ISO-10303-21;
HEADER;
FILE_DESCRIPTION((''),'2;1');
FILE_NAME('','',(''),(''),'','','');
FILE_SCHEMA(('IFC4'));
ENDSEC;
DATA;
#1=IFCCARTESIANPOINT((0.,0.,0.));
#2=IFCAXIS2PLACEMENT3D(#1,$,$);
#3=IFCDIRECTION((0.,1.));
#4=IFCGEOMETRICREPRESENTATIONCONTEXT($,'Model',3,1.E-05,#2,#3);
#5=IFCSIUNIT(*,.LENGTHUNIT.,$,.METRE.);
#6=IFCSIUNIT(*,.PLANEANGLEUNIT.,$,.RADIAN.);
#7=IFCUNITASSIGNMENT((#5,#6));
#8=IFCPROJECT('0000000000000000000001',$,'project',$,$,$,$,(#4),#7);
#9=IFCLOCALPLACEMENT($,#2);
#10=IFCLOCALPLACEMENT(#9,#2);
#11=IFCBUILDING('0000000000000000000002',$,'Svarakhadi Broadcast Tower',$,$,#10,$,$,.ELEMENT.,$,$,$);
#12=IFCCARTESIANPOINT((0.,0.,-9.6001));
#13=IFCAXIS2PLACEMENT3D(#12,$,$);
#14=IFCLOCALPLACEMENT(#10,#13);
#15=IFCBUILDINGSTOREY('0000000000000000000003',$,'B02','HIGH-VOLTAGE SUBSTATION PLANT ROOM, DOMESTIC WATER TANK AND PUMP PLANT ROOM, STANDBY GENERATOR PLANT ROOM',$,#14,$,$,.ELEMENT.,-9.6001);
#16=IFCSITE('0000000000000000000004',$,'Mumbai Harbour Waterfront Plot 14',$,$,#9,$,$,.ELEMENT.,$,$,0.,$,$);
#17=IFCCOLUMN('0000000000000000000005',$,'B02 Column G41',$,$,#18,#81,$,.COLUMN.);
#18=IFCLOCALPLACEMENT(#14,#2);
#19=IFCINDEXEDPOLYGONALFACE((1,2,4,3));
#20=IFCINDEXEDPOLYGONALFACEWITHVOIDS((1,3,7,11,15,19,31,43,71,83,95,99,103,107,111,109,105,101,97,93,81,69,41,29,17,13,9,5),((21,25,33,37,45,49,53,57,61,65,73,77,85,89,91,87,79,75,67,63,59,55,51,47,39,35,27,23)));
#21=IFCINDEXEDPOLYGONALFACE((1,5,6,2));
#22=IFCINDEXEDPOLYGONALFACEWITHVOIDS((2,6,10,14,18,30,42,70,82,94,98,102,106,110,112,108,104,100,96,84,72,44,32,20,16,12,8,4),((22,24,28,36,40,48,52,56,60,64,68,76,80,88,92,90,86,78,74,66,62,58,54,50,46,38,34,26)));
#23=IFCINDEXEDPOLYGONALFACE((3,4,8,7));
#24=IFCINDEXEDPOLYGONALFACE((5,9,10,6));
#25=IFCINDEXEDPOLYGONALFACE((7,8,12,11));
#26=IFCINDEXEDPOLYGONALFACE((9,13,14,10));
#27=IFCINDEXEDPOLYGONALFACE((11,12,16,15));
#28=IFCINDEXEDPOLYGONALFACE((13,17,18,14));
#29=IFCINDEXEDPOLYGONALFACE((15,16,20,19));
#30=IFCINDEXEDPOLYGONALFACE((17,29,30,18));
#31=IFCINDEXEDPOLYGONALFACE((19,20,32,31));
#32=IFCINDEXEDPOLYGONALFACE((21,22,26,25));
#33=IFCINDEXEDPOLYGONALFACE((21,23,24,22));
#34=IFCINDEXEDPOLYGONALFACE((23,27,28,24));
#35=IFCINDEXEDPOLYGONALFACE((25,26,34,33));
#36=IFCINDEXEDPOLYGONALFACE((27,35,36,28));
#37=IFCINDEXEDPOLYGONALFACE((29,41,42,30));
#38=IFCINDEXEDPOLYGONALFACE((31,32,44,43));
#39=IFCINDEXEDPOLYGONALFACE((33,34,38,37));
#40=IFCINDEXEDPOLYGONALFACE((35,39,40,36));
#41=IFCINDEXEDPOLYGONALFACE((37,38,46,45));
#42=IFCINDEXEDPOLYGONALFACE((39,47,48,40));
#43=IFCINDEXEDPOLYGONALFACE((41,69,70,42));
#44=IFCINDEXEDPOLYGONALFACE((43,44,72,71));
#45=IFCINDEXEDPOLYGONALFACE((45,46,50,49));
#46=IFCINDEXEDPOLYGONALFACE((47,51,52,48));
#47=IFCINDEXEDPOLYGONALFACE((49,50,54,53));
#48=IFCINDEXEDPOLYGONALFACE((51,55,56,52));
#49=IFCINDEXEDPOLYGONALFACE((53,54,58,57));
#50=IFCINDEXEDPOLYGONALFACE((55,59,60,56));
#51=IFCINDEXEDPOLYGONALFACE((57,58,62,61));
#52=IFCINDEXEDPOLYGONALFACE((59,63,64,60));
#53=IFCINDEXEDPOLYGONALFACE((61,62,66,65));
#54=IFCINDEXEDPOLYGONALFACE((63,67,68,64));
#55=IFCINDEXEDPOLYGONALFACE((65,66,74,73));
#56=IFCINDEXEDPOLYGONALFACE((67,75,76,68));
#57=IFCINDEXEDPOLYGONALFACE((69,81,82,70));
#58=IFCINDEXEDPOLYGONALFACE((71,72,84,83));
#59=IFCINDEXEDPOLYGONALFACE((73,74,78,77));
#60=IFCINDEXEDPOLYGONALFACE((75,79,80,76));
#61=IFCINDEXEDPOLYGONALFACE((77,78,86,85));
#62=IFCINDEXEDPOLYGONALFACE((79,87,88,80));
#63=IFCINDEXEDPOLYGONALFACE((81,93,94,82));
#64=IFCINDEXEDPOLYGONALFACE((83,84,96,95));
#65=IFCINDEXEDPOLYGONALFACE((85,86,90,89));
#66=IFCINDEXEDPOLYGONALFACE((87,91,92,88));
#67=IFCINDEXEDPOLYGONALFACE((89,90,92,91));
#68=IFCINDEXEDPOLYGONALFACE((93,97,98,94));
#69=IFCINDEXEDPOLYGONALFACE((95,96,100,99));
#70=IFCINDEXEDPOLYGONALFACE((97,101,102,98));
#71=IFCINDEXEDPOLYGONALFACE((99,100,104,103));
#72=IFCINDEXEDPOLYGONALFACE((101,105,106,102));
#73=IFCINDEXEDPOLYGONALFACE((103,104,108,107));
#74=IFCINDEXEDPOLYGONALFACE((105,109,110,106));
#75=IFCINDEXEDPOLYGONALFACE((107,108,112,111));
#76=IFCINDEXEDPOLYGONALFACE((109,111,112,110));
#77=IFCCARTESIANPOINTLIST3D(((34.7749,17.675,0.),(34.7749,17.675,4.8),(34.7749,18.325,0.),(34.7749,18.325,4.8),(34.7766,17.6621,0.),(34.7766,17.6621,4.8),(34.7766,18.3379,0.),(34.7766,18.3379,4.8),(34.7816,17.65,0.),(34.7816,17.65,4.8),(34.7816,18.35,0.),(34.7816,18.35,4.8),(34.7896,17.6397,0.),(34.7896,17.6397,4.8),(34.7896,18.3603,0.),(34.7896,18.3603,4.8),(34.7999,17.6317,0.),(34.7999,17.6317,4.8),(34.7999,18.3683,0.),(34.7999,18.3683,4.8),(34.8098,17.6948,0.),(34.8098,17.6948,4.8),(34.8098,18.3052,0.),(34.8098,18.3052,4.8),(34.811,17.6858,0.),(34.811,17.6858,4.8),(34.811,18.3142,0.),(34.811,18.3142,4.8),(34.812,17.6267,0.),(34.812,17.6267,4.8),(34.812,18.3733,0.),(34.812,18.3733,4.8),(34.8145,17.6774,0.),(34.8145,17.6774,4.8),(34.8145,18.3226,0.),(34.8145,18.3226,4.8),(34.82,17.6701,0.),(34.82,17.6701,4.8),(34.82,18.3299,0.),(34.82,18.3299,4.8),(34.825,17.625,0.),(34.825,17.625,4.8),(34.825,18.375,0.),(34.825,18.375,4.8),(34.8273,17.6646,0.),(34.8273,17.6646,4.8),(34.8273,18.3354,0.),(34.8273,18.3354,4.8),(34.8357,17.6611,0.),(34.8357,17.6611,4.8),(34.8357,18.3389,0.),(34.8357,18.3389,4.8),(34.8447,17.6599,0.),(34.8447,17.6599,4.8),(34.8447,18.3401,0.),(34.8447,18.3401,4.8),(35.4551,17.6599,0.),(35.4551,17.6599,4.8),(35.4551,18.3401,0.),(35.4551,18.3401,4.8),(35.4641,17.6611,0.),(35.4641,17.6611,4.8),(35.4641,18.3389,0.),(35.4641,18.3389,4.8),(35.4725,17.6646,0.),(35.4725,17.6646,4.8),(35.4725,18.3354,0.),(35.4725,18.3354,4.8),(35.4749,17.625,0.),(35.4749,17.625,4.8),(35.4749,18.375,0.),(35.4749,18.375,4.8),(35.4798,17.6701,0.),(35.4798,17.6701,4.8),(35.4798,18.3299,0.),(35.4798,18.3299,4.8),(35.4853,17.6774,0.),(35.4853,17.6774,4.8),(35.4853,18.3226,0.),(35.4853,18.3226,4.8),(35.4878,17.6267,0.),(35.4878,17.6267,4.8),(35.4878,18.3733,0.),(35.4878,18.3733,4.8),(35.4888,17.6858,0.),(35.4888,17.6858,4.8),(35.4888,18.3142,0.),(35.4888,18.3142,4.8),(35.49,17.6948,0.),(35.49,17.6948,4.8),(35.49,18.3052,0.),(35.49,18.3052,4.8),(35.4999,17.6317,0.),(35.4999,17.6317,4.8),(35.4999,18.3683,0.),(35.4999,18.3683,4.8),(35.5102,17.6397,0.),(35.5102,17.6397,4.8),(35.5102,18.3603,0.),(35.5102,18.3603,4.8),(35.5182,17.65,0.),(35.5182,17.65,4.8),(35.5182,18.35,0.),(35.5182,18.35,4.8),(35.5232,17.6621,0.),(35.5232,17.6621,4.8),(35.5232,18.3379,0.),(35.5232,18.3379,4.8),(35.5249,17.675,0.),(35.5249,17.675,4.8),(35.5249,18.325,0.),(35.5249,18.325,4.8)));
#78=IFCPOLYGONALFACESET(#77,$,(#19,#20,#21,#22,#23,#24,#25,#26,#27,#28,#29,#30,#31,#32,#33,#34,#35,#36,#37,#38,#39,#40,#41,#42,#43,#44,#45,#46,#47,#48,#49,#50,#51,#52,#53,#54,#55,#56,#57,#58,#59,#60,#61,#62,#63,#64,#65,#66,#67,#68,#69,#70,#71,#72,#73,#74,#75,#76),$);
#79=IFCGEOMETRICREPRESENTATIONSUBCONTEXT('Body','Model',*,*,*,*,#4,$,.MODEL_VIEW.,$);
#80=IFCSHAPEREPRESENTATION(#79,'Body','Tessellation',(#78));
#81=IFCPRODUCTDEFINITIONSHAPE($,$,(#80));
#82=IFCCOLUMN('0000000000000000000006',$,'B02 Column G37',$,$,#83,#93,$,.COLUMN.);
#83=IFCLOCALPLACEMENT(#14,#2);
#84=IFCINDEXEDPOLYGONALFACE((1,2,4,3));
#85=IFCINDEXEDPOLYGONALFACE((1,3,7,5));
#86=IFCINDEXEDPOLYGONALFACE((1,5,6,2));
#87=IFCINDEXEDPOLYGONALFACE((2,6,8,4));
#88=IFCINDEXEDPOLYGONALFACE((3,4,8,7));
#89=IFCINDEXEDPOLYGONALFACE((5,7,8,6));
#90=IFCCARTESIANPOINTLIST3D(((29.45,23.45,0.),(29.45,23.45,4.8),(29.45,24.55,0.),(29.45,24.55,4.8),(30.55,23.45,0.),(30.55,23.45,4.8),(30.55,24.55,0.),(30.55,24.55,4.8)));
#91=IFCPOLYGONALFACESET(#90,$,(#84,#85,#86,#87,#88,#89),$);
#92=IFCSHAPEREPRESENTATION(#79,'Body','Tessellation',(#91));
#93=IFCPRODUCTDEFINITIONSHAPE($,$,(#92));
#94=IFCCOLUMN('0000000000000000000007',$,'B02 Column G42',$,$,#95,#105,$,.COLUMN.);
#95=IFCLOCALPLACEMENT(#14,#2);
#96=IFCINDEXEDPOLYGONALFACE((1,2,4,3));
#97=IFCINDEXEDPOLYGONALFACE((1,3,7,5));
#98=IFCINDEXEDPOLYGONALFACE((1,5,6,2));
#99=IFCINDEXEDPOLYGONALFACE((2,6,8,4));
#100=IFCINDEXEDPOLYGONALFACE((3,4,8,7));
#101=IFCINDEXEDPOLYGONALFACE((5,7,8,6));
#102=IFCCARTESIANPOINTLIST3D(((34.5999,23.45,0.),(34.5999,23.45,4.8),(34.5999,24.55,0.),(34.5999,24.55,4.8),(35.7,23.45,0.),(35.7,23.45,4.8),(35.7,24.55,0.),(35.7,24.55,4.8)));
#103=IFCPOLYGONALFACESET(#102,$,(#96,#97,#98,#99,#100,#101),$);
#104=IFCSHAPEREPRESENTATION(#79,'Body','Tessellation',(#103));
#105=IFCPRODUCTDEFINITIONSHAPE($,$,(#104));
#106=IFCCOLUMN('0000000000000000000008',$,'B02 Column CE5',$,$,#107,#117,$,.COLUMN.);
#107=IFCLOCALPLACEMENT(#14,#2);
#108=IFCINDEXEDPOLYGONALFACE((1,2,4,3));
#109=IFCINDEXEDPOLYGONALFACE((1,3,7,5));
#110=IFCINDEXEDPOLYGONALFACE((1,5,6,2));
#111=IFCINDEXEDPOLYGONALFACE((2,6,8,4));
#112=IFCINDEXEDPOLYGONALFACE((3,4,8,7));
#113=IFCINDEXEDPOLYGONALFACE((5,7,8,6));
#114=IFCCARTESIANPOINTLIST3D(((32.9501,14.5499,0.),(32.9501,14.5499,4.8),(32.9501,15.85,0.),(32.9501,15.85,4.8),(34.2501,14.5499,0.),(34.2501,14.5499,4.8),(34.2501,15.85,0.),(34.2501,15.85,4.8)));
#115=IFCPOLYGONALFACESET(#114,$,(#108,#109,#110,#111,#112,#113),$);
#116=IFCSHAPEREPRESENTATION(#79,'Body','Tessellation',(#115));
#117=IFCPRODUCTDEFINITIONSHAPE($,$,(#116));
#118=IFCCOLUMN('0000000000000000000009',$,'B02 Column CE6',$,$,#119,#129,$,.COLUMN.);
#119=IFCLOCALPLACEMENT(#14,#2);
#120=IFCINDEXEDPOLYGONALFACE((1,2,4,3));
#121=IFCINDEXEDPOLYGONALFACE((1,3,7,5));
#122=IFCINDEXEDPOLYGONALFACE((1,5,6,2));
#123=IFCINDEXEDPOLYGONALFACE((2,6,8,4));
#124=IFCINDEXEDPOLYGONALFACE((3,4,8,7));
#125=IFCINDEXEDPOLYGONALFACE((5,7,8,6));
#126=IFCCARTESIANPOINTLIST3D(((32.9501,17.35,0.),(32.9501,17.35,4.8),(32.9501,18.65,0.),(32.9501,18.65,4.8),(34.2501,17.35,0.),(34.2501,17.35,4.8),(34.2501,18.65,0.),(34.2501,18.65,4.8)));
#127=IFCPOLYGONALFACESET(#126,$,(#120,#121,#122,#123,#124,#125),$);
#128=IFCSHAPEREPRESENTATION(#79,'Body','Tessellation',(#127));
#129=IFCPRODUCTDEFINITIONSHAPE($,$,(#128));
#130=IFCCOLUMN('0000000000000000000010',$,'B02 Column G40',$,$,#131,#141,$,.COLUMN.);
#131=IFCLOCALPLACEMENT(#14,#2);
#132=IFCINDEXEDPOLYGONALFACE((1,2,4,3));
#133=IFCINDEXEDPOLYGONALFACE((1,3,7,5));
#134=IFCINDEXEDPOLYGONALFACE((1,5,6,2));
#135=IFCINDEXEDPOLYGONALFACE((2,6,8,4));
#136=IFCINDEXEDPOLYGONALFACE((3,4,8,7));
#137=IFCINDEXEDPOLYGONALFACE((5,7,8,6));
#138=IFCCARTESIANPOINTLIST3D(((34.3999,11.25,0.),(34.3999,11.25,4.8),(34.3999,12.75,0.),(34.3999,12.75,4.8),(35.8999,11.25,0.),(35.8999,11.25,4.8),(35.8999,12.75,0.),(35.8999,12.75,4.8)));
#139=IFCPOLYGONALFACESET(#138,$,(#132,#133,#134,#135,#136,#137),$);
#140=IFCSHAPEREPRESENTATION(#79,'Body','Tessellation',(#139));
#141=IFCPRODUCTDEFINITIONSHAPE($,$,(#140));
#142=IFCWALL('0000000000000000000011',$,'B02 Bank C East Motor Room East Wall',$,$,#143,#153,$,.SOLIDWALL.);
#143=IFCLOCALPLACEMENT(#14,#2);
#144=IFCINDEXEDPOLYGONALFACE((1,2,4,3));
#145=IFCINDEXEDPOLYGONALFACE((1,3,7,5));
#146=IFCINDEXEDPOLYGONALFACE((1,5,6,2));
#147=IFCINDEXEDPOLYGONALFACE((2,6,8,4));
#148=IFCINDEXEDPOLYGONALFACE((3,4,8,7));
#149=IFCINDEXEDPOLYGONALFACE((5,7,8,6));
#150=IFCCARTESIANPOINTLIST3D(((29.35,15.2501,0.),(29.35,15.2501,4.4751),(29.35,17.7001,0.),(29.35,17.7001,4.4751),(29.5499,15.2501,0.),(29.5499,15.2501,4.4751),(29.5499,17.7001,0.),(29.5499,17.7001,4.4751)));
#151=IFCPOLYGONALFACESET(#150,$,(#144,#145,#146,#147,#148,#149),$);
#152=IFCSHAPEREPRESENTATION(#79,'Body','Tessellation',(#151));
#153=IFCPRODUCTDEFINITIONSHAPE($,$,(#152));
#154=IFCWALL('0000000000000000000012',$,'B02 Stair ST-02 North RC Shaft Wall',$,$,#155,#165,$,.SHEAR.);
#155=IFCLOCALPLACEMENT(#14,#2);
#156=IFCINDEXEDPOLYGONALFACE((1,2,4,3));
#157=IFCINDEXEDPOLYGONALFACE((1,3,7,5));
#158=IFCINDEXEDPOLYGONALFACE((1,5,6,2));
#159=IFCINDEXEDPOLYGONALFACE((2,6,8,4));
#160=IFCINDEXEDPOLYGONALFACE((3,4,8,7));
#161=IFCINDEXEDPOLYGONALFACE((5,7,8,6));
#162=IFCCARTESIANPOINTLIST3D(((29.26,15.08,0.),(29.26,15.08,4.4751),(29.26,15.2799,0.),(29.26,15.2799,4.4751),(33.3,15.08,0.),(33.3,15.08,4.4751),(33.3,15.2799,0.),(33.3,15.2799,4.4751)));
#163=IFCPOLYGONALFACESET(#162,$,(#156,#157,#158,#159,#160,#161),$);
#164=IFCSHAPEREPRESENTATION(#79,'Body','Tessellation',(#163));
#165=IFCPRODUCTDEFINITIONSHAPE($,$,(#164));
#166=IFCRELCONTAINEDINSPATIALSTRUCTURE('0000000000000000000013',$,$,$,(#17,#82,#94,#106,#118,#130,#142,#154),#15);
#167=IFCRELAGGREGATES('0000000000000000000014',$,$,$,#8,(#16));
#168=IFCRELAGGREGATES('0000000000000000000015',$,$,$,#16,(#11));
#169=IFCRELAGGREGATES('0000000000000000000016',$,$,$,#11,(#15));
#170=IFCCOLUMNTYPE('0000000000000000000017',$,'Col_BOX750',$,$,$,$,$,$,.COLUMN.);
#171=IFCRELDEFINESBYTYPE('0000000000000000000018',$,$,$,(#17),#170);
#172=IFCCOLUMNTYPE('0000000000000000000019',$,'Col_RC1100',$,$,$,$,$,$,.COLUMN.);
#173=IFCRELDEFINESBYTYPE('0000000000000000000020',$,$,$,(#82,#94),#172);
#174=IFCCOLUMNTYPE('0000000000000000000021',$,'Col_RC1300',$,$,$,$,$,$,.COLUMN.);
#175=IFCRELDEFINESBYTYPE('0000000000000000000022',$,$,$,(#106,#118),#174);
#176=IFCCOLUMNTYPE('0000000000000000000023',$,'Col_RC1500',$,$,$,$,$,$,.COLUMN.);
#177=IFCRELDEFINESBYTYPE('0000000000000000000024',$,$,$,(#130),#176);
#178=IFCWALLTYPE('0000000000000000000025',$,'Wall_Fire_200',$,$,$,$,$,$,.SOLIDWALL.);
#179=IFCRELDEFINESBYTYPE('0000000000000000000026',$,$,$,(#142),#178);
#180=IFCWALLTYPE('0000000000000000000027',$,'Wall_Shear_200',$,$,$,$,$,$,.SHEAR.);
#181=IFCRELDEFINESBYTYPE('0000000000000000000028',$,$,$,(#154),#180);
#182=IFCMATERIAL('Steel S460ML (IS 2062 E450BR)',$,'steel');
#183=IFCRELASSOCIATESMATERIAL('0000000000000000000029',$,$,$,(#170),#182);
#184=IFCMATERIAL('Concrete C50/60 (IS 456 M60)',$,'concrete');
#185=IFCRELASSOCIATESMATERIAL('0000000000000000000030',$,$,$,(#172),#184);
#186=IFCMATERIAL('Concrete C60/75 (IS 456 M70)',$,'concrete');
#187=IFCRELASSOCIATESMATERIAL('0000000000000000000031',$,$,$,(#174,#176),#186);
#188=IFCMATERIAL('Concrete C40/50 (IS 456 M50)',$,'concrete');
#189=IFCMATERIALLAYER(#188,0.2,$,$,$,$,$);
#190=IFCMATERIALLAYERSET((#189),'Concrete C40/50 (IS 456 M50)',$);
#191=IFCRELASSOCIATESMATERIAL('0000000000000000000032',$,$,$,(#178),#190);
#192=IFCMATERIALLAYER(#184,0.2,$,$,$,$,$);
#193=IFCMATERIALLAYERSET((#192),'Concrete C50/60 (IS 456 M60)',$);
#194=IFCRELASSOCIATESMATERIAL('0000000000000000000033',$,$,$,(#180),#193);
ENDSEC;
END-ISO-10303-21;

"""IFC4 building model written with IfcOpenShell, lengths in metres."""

from ifc_helpers import new_model, si_unit, direction, frame, frame_2d, origin, origin_2d, place, context, subcontext, project, spatial, rectangle, hollow_rectangle, extrude, material, layer, layer_set, material_profile, profile_set, type_object, element, save


model = new_model("IFC4")

# Units and contexts
model_context = context("Model", 3, precision=1e-05, world=origin(), true_north=direction((0.0, 1.0)))
body_context = subcontext(model_context, "Body", "Model", "MODEL_VIEW")
ifc_project = project(units=[si_unit("LENGTHUNIT", "METRE"), si_unit("PLANEANGLEUNIT", "RADIAN")], contexts=[model_context])

# Site, building, storey
site_placement = place(None, origin())
site = spatial("IfcSite", under=ifc_project, at=site_placement, Name="Mumbai Harbour Waterfront Plot 14", CompositionType="ELEMENT", RefElevation=0.0)
building_placement = place(site_placement, origin())
building = spatial("IfcBuilding", under=site, at=building_placement, Name="Svarakhadi Broadcast Tower", CompositionType="ELEMENT")
storey_placement = place(building_placement, frame((0.0, 0.0, -9.6001)))
storey = spatial("IfcBuildingStorey", under=building, at=storey_placement, Name="B02", Description="HIGH-VOLTAGE SUBSTATION PLANT ROOM, DOMESTIC WATER TANK AND PUMP PLANT ROOM, STANDBY GENERATOR PLANT ROOM", CompositionType="ELEMENT", Elevation=-9.6001)

# Columns
ifc_material_1 = material(Name="Steel S460ML (IS 2062 E450BR)", Category="steel")
ifc_material_profile_1 = material_profile(ifc_material_1, hollow_rectangle(XDim=0.75, YDim=0.75, WallThickness=0.0349, InnerFilletRadius=0.0349, OuterFilletRadius=0.05, at=origin_2d()), Name="BOX 750x750x35")
ifc_profile_set_1 = profile_set([ifc_material_profile_1], Name="Steel S460ML (IS 2062 E450BR)")
column_type_1 = type_object("IfcColumnType", Name="Col_BOX750", PredefinedType="COLUMN", material=ifc_profile_set_1)
column_1_placement = place(storey_placement, frame((35.1499, 18.0, 0.0), z_axis=(0.0, 0.0, 1.0), x_axis=(1.0, 0.0, 0.0)))
element("IfcColumn", 1, at=column_1_placement, inside=storey, type_object=column_type_1, Name="B02 Column G41", PredefinedType="COLUMN", context=body_context, shape_type="SweptSolid", body=[
    extrude(hollow_rectangle(XDim=0.75, YDim=0.75, WallThickness=0.0349, InnerFilletRadius=0.0349, OuterFilletRadius=0.05, at=origin_2d()), origin(), (0.0, 0.0, 1.0), 4.8),
])
ifc_material_2 = material(Name="Concrete C50/60 (IS 456 M60)", Category="concrete")
ifc_material_profile_2 = material_profile(ifc_material_2, rectangle(XDim=1.1001, YDim=1.1001, at=origin_2d()), Name="RC 1100x1100")
ifc_profile_set_2 = profile_set([ifc_material_profile_2], Name="Concrete C50/60 (IS 456 M60)")
column_type_2 = type_object("IfcColumnType", Name="Col_RC1100", PredefinedType="COLUMN", material=ifc_profile_set_2)
for number, where, z_axis, x_axis, name in (
    (2, (30.0, 24.0, 0.0), (0.0, 0.0, 1.0), (1.0, 0.0, 0.0), "B02 Column G37"),
    (3, (35.1499, 24.0, 0.0), (0.0, 0.0, 1.0), (1.0, 0.0, 0.0), "B02 Column G42"),
):
    element("IfcColumn", number, at=place(storey_placement, frame(where, z_axis=z_axis, x_axis=x_axis)), inside=storey, type_object=column_type_2, Name=name, PredefinedType="COLUMN", context=body_context, shape_type="SweptSolid", body=[
        extrude(rectangle(XDim=1.1001, YDim=1.1001, at=origin_2d()), origin(), (0.0, 0.0, 1.0), 4.8),
    ])
ifc_material_3 = material(Name="Concrete C60/75 (IS 456 M70)", Category="concrete")
ifc_material_profile_3 = material_profile(ifc_material_3, rectangle(XDim=1.3, YDim=1.3, at=origin_2d()), Name="RC 1300x1300")
ifc_profile_set_3 = profile_set([ifc_material_profile_3], Name="Concrete C60/75 (IS 456 M70)")
column_type_3 = type_object("IfcColumnType", Name="Col_RC1300", PredefinedType="COLUMN", material=ifc_profile_set_3)
for number, where, z_axis, x_axis, name in (
    (4, (33.6001, 15.2, 0.0), (0.0, 0.0, 1.0), (1.0, 0.0, 0.0), "B02 Column CE5"),
    (5, (33.6001, 18.0, 0.0), (0.0, 0.0, 1.0), (1.0, 0.0, 0.0), "B02 Column CE6"),
):
    element("IfcColumn", number, at=place(storey_placement, frame(where, z_axis=z_axis, x_axis=x_axis)), inside=storey, type_object=column_type_3, Name=name, PredefinedType="COLUMN", context=body_context, shape_type="SweptSolid", body=[
        extrude(rectangle(XDim=1.3, YDim=1.3, at=origin_2d()), origin(), (0.0, 0.0, 1.0), 4.8),
    ])
ifc_material_profile_4 = material_profile(ifc_material_3, rectangle(XDim=1.5, YDim=1.5, at=origin_2d()), Name="RC 1500x1500")
ifc_profile_set_4 = profile_set([ifc_material_profile_4], Name="Concrete C60/75 (IS 456 M70)")
column_type_4 = type_object("IfcColumnType", Name="Col_RC1500", PredefinedType="COLUMN", material=ifc_profile_set_4)
column_2_placement = place(storey_placement, frame((35.1499, 12.0, 0.0), z_axis=(0.0, 0.0, 1.0), x_axis=(1.0, 0.0, 0.0)))
element("IfcColumn", 6, at=column_2_placement, inside=storey, type_object=column_type_4, Name="B02 Column G40", PredefinedType="COLUMN", context=body_context, shape_type="SweptSolid", body=[
    extrude(rectangle(XDim=1.5, YDim=1.5, at=origin_2d()), origin(), (0.0, 0.0, 1.0), 4.8),
])

# Walls
ifc_material_4 = material(Name="Concrete C40/50 (IS 456 M50)", Category="concrete")
ifc_layer_1 = layer(ifc_material_4, 0.2)
ifc_layer_set_1 = layer_set([ifc_layer_1], Name="Concrete C40/50 (IS 456 M50)")
wall_type_1 = type_object("IfcWallType", Name="Wall_Fire_200", PredefinedType="SOLIDWALL", material=ifc_layer_set_1)
wall_1_placement = place(storey_placement, frame((29.45, 15.25, 0.0), z_axis=(0.0, 0.0, 1.0), x_axis=(0.0, 1.0, 0.0)))
element("IfcWall", 7, at=wall_1_placement, inside=storey, type_object=wall_type_1, Name="B02 Bank C East Motor Room East Wall", PredefinedType="SOLIDWALL", context=body_context, shape_type="SweptSolid", body=[
    extrude(rectangle(XDim=2.45, YDim=0.2, at=frame_2d((1.2251, 0.0))), origin(), (0.0, 0.0, 1.0), 4.4751),
])
ifc_layer_2 = layer(ifc_material_2, 0.2)
ifc_layer_set_2 = layer_set([ifc_layer_2], Name="Concrete C50/60 (IS 456 M60)")
wall_type_2 = type_object("IfcWallType", Name="Wall_Shear_200", PredefinedType="SHEAR", material=ifc_layer_set_2)
wall_2_placement = place(storey_placement, frame((29.26, 15.1799, 0.0), z_axis=(0.0, 0.0, 1.0), x_axis=(1.0, 0.0, 0.0)))
element("IfcWall", 8, at=wall_2_placement, inside=storey, type_object=wall_type_2, Name="B02 Stair ST-02 North RC Shaft Wall", PredefinedType="SHEAR", context=body_context, shape_type="SweptSolid", body=[
    extrude(rectangle(XDim=4.04, YDim=0.2, at=frame_2d((2.02, 0.0))), origin(), (0.0, 0.0, 1.0), 4.4751),
])

save(model, "model.ifc")
